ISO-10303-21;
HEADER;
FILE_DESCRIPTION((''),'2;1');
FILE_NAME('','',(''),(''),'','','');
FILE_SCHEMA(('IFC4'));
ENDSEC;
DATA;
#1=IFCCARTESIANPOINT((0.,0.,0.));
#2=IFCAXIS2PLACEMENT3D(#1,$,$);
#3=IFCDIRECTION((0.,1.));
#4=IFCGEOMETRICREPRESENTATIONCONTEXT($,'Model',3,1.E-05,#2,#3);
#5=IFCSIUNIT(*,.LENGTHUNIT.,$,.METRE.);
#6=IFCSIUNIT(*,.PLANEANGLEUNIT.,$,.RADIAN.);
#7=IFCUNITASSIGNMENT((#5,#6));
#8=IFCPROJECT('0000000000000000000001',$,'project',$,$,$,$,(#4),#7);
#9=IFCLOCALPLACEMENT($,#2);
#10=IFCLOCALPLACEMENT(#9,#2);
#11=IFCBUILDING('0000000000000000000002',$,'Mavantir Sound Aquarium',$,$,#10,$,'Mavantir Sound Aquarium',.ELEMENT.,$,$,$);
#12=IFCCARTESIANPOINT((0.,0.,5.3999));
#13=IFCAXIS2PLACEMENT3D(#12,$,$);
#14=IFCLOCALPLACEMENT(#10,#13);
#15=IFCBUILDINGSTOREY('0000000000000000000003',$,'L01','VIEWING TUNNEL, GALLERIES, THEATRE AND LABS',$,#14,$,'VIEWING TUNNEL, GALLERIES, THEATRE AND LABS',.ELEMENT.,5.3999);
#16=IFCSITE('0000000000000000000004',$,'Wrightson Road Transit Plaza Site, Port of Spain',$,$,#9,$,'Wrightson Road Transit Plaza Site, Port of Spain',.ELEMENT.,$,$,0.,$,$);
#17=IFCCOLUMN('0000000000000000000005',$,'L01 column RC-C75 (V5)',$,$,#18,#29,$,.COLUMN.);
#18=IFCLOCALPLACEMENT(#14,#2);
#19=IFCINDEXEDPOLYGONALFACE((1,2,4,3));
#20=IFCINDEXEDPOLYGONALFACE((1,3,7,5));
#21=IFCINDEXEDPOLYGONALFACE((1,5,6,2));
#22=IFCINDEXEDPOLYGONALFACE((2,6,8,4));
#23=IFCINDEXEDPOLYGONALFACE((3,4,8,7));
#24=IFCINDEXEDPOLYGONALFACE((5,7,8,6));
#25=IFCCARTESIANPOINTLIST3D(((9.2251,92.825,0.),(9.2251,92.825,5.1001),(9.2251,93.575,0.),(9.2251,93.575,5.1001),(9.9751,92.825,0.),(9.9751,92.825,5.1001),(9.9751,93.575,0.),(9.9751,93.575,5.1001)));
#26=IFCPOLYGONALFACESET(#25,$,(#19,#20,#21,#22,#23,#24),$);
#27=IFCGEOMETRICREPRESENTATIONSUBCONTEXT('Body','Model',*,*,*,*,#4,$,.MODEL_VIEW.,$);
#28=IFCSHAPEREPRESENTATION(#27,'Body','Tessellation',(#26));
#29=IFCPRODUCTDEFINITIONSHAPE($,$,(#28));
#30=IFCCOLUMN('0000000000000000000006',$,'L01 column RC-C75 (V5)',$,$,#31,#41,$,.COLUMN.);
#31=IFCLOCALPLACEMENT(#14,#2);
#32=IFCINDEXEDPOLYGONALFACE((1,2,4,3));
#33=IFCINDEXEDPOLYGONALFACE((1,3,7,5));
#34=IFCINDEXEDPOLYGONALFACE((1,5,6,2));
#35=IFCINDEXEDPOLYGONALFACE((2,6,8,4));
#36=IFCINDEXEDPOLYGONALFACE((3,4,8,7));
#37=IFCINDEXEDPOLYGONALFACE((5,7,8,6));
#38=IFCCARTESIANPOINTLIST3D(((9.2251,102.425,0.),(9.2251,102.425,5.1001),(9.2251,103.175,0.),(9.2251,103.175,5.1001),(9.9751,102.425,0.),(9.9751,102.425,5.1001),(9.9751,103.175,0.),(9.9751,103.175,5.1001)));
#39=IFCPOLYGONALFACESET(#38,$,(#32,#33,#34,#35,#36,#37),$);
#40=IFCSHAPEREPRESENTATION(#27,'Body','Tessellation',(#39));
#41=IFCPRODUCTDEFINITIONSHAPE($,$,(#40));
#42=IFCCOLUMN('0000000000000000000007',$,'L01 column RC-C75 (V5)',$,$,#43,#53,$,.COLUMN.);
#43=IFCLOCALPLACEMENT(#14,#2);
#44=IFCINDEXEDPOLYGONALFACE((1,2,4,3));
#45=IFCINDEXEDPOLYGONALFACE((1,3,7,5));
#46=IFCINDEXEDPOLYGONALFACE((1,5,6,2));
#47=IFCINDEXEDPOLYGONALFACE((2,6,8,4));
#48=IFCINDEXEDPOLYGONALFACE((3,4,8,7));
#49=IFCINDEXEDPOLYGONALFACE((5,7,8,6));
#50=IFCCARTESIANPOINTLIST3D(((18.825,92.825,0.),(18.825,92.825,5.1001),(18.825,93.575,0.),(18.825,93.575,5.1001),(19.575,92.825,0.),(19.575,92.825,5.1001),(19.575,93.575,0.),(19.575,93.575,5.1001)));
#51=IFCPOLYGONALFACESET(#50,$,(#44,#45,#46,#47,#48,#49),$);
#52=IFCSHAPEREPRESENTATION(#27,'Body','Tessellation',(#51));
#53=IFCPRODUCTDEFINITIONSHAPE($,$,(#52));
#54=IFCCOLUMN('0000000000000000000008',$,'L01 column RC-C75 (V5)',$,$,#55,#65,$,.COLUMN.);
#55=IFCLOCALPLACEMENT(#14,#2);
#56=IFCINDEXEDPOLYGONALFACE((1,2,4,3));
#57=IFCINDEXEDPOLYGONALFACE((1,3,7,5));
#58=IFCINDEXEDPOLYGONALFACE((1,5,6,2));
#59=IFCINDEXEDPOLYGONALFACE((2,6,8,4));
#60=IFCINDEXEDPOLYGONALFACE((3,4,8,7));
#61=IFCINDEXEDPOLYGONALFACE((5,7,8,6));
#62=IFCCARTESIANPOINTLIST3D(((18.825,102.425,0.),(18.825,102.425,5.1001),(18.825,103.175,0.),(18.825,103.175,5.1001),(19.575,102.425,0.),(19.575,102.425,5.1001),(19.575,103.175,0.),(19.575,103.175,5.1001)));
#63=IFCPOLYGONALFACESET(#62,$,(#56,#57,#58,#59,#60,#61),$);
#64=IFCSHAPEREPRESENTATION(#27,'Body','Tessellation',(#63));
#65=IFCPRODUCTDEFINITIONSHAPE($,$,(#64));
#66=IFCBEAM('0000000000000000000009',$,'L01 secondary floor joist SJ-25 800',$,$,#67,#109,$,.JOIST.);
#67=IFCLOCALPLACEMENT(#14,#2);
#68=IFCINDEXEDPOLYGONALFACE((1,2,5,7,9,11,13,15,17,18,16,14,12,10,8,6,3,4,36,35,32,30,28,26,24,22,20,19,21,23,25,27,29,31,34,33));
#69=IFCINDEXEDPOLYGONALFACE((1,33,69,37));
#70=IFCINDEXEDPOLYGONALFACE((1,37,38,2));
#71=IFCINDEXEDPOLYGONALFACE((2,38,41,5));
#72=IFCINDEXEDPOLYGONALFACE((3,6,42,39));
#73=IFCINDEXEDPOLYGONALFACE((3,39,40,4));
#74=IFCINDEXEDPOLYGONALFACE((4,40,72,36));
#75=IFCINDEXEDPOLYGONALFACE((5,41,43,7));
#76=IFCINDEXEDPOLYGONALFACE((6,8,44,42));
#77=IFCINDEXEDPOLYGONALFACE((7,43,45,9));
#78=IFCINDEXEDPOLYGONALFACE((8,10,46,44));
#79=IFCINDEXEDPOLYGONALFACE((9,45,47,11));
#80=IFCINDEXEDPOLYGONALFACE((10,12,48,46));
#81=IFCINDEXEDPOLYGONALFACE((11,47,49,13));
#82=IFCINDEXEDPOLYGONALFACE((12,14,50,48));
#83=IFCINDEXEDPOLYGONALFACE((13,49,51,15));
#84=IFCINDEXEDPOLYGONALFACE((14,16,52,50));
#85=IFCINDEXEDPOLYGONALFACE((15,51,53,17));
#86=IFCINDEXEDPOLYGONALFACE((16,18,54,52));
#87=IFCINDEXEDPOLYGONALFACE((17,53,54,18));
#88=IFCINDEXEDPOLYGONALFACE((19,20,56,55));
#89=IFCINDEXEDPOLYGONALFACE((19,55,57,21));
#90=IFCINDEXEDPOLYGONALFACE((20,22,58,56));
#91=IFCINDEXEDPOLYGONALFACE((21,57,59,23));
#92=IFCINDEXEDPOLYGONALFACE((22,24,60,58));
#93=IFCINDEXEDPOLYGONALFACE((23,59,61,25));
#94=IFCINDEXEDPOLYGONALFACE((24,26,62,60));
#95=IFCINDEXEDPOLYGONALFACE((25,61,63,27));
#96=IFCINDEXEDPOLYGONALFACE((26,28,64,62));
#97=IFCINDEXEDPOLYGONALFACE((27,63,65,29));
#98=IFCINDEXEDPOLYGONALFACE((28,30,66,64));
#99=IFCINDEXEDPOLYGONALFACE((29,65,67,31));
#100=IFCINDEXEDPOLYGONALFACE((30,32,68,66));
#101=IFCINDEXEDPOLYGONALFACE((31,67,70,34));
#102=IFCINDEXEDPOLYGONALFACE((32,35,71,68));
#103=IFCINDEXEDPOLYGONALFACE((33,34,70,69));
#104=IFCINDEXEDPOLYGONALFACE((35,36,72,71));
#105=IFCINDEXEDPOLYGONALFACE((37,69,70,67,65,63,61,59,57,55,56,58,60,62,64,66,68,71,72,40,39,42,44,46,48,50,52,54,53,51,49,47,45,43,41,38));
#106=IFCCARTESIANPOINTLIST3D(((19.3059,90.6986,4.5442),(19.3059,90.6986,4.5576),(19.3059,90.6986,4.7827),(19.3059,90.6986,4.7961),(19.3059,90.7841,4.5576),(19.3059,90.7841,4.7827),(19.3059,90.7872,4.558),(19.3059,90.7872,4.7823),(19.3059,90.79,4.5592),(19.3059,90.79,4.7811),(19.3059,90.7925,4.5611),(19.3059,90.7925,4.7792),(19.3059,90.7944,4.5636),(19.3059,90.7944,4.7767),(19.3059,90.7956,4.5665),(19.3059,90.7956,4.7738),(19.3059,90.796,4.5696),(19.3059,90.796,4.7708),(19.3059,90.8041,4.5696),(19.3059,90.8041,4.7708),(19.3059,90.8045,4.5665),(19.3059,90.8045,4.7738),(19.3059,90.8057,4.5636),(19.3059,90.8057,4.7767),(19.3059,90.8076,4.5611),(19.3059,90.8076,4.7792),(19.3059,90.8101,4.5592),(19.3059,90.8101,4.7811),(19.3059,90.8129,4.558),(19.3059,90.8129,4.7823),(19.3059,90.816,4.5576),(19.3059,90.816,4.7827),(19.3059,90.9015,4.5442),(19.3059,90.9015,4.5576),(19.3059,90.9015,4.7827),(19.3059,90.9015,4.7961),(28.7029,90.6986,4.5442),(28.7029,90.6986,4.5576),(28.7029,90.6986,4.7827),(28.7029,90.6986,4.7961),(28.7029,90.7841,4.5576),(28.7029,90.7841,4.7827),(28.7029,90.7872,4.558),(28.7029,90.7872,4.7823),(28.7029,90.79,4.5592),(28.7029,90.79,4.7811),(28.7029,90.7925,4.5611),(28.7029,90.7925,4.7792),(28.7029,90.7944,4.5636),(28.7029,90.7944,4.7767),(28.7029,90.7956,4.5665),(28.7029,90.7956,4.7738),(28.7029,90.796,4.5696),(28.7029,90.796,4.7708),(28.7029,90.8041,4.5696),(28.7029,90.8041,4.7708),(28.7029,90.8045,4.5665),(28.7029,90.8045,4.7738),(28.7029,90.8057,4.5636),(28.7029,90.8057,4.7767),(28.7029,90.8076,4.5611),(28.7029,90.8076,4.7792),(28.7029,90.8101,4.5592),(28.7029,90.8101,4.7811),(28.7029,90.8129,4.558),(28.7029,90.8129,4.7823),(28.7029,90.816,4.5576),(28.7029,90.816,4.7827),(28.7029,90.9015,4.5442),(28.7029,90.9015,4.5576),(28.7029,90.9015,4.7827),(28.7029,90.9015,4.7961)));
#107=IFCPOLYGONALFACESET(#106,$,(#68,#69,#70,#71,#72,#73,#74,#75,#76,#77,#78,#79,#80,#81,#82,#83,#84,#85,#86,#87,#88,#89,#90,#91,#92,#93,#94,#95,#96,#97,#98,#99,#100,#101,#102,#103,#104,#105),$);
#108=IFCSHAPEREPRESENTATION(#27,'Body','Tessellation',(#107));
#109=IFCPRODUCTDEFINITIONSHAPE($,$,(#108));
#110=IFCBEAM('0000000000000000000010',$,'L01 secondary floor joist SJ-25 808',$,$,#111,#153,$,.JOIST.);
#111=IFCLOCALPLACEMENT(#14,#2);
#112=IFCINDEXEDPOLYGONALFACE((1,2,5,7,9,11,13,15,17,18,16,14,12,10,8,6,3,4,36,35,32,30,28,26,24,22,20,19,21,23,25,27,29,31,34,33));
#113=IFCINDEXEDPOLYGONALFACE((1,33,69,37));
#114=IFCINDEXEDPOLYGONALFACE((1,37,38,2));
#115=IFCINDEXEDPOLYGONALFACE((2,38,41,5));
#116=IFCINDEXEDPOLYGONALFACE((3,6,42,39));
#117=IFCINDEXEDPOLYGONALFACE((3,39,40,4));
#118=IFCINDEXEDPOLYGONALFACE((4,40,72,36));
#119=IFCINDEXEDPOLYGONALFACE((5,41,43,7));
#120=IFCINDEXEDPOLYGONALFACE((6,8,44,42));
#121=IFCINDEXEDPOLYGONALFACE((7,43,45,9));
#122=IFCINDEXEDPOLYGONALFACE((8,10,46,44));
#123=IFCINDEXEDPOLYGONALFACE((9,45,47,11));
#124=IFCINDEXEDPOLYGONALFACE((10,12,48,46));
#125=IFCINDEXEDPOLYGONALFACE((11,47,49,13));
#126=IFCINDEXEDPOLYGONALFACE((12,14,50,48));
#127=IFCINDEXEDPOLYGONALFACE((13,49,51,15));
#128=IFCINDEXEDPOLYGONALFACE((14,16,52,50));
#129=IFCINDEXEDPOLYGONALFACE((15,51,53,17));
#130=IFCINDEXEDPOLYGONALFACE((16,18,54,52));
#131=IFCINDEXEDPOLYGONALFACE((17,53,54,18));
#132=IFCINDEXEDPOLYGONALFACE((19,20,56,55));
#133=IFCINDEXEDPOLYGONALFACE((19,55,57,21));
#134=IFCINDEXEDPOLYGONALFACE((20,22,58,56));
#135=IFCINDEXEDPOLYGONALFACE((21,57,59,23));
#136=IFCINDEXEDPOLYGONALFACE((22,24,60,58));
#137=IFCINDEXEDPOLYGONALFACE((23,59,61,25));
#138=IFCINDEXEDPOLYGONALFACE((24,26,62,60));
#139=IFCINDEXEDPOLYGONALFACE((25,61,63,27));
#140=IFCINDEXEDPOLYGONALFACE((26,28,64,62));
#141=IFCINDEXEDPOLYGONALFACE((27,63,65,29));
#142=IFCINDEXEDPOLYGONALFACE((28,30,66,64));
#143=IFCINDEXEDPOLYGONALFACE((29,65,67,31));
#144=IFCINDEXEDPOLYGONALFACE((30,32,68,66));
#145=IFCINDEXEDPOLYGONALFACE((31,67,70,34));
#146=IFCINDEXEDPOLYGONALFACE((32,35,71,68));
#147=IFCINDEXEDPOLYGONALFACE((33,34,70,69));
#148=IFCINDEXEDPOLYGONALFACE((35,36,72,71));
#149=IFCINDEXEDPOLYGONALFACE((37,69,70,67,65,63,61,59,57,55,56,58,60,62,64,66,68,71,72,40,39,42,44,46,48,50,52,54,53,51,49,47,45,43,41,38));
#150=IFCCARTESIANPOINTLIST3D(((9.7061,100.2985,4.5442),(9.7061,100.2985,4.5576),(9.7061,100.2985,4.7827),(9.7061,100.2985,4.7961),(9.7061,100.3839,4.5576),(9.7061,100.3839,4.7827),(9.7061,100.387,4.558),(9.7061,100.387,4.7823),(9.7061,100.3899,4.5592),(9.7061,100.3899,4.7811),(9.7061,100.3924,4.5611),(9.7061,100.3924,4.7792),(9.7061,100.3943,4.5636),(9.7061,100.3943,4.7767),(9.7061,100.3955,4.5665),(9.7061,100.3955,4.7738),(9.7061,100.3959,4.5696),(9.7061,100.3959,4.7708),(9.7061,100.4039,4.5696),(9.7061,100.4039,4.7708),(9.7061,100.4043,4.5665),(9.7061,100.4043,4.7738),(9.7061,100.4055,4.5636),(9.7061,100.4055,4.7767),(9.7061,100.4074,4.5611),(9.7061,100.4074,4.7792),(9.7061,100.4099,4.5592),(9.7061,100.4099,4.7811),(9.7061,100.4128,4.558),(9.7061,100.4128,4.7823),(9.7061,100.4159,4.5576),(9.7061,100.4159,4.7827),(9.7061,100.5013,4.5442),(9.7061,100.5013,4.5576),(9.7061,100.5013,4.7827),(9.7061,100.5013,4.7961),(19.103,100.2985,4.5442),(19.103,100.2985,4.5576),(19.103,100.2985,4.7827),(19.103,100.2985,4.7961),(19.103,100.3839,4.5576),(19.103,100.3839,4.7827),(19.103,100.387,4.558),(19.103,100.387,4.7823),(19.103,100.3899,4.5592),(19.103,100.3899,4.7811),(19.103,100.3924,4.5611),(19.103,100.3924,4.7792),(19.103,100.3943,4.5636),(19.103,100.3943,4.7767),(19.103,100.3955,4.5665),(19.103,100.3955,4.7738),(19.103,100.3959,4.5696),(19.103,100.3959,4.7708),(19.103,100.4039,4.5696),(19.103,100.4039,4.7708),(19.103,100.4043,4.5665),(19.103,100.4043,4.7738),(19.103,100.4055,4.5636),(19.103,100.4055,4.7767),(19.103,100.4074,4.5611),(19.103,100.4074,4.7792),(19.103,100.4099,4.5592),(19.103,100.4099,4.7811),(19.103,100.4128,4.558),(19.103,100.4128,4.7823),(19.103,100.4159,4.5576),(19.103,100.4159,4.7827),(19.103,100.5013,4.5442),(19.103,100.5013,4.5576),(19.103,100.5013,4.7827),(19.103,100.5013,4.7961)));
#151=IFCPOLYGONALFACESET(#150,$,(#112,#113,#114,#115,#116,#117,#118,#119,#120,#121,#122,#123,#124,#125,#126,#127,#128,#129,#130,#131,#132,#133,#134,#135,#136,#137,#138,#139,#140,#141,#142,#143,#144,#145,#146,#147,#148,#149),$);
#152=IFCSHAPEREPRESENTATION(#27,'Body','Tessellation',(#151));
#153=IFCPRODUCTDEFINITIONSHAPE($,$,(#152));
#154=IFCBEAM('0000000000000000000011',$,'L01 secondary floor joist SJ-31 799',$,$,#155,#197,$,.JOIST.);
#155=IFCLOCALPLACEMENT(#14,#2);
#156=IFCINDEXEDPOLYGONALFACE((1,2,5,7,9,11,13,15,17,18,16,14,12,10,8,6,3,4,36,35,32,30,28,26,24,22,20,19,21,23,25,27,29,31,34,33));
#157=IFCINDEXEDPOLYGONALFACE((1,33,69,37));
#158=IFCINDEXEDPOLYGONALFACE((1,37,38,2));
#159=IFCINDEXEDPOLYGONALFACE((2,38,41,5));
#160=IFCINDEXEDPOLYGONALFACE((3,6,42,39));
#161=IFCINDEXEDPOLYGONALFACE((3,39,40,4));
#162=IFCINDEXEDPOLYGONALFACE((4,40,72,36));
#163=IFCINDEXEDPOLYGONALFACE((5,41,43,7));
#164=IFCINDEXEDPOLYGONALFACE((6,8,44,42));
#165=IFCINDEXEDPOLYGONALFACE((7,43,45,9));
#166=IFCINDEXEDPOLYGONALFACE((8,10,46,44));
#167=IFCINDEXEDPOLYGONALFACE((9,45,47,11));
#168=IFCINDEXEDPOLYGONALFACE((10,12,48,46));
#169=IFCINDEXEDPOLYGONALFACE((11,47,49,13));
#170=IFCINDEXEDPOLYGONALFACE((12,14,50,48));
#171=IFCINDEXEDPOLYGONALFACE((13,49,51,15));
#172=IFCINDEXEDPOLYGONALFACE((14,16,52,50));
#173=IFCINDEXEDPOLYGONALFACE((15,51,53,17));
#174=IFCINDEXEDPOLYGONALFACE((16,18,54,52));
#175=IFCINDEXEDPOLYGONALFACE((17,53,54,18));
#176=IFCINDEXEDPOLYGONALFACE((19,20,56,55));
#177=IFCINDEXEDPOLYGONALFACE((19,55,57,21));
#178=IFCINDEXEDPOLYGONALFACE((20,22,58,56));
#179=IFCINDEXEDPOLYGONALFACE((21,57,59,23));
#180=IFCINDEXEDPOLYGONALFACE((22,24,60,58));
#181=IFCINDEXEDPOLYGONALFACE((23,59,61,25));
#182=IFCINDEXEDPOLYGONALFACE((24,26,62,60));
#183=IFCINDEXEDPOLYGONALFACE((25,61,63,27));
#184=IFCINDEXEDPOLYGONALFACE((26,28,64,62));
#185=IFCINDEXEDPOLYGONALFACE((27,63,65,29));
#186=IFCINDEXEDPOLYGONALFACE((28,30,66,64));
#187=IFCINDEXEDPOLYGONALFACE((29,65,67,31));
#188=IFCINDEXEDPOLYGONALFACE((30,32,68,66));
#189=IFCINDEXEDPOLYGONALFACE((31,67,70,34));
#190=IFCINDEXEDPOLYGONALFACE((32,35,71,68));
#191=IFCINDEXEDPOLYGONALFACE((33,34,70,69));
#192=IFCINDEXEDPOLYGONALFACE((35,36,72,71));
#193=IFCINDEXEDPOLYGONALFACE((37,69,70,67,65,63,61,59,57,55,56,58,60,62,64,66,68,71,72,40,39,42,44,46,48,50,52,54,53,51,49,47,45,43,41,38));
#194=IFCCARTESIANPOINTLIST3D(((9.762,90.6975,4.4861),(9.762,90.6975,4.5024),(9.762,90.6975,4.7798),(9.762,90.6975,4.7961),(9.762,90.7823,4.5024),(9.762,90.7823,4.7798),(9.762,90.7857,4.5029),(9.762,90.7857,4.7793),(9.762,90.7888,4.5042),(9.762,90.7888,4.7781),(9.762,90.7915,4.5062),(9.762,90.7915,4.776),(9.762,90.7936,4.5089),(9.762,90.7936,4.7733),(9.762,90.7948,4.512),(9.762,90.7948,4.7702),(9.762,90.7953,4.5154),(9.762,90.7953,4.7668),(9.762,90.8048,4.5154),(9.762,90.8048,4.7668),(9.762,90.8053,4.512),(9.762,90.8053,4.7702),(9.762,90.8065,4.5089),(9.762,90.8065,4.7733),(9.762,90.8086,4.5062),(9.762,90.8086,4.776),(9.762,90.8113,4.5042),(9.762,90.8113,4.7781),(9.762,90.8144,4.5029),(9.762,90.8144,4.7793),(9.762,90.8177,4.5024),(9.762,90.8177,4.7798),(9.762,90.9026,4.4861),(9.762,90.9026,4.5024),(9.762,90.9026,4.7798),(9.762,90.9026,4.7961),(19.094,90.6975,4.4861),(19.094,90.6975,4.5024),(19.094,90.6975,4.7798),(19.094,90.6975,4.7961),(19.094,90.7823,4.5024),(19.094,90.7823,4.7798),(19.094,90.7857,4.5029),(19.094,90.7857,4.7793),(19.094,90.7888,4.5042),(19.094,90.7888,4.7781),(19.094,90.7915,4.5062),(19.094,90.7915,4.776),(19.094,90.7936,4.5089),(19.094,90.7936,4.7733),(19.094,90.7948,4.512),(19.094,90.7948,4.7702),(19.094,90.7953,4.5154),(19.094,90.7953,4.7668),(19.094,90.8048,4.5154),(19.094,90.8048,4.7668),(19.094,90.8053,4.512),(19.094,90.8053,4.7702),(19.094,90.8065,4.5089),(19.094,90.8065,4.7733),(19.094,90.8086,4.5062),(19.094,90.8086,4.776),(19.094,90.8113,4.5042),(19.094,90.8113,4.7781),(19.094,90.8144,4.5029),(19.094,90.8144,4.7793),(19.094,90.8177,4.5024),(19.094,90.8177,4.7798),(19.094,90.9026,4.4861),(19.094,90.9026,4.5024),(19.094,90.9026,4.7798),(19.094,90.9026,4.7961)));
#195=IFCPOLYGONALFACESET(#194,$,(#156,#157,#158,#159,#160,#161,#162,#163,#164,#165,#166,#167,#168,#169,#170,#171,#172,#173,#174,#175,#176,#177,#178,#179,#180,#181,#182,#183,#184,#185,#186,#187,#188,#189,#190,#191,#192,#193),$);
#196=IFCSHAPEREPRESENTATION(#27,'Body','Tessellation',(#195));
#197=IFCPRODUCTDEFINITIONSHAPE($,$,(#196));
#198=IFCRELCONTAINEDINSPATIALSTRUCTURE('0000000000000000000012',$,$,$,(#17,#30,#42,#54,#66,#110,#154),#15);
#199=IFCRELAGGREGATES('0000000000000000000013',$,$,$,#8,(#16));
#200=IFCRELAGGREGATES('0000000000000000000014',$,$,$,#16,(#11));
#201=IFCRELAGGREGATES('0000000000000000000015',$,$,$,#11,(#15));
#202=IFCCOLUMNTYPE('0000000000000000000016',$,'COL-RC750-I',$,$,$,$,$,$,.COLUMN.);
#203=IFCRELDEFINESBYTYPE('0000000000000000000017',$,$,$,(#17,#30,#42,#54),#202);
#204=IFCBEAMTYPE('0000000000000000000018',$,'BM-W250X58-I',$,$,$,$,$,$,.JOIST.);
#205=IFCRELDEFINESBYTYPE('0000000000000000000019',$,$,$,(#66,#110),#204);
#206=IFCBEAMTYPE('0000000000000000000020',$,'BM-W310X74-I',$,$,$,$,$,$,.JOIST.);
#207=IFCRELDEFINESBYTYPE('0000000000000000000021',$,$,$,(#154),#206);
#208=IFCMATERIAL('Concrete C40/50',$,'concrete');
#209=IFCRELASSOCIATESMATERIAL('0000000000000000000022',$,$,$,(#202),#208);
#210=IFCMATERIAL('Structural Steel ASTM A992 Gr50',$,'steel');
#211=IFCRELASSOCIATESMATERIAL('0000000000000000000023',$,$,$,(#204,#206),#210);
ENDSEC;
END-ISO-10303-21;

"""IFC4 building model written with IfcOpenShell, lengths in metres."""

from ifc_helpers import new_model, si_unit, direction, frame, origin, origin_2d, place, context, subcontext, project, spatial, rectangle, i_section, extrude, material, material_profile, profile_set, type_object, element, save


model = new_model("IFC4")

# Units and contexts
model_context = context("Model", 3, precision=1e-05, world=origin(), true_north=direction((0.0, 1.0)))
body_context = subcontext(model_context, "Body", "Model", "MODEL_VIEW")
ifc_project = project(units=[si_unit("LENGTHUNIT", "METRE"), si_unit("PLANEANGLEUNIT", "RADIAN")], contexts=[model_context])

# Site, building, storey
site_placement = place(None, origin())
site = spatial("IfcSite", under=ifc_project, at=site_placement, Name="Wrightson Road Transit Plaza Site, Port of Spain", LongName="Wrightson Road Transit Plaza Site, Port of Spain", CompositionType="ELEMENT", RefElevation=0.0)
building_placement = place(site_placement, origin())
building = spatial("IfcBuilding", under=site, at=building_placement, Name="Mavantir Sound Aquarium", LongName="Mavantir Sound Aquarium", CompositionType="ELEMENT")
storey_placement = place(building_placement, frame((0.0, 0.0, 5.3999)))
storey = spatial("IfcBuildingStorey", under=building, at=storey_placement, Name="L01", Description="VIEWING TUNNEL, GALLERIES, THEATRE AND LABS", LongName="VIEWING TUNNEL, GALLERIES, THEATRE AND LABS", CompositionType="ELEMENT", Elevation=5.3999)

# Columns
ifc_material_1 = material(Name="Concrete C40/50", Category="concrete")
ifc_material_profile_1 = material_profile(ifc_material_1, rectangle(XDim=0.75, YDim=0.75, at=origin_2d()), Name="RC 750X750")
ifc_profile_set_1 = profile_set([ifc_material_profile_1], Name="Concrete C40/50")
column_type = type_object("IfcColumnType", Name="COL-RC750-I", PredefinedType="COLUMN", material=ifc_profile_set_1)
for number, where, z_axis, x_axis, name in (
    (1, (9.6001, 93.2, 0.0), (0.0, 0.0, 1.0), (1.0, 0.0, 0.0), "L01 column RC-C75 (V5)"),
    (2, (9.6001, 102.8, 0.0), (0.0, 0.0, 1.0), (1.0, 0.0, 0.0), "L01 column RC-C75 (V5)"),
    (3, (19.2, 93.2, 0.0), (0.0, 0.0, 1.0), (1.0, 0.0, 0.0), "L01 column RC-C75 (V5)"),
    (4, (19.2, 102.8, 0.0), (0.0, 0.0, 1.0), (1.0, 0.0, 0.0), "L01 column RC-C75 (V5)"),
):
    element("IfcColumn", number, at=place(storey_placement, frame(where, z_axis=z_axis, x_axis=x_axis)), inside=storey, type_object=column_type, Name=name, PredefinedType="COLUMN", context=body_context, shape_type="SweptSolid", body=[
        extrude(rectangle(XDim=0.75, YDim=0.75, at=origin_2d()), origin(), (0.0, 0.0, 1.0), 5.1001),
    ])

# Beams
ifc_material_2 = material(Name="Structural Steel ASTM A992 Gr50", Category="steel")
ifc_material_profile_2 = material_profile(ifc_material_2, i_section(OverallWidth=0.2029, OverallDepth=0.252, WebThickness=0.0081, FlangeThickness=0.0134, FilletRadius=0.012, at=origin_2d()), Name="W250X58")
ifc_profile_set_2 = profile_set([ifc_material_profile_2], Name="Structural Steel ASTM A992 Gr50")
beam_type_1 = type_object("IfcBeamType", Name="BM-W250X58-I", PredefinedType="JOIST", material=ifc_profile_set_2)
for number, where, z_axis, x_axis, name in (
    (5, (19.3059, 90.8, 4.6702), (1.0, 0.0, 0.0), (0.0, 1.0, 0.0), "L01 secondary floor joist SJ-25 800"),
    (6, (9.7061, 100.3999, 4.6702), (1.0, 0.0, 0.0), (0.0, 1.0, 0.0), "L01 secondary floor joist SJ-25 808"),
):
    element("IfcBeam", number, at=place(storey_placement, frame(where, z_axis=z_axis, x_axis=x_axis)), inside=storey, type_object=beam_type_1, Name=name, PredefinedType="JOIST", context=body_context, shape_type="SweptSolid", body=[
        extrude(i_section(OverallWidth=0.2029, OverallDepth=0.252, WebThickness=0.0081, FlangeThickness=0.0134, FilletRadius=0.012, at=origin_2d()), origin(), (0.0, 0.0, 1.0), 9.397),
    ])
ifc_material_profile_3 = material_profile(ifc_material_2, i_section(OverallWidth=0.2051, OverallDepth=0.3101, WebThickness=0.0095, FlangeThickness=0.0164, FilletRadius=0.0129, at=origin_2d()), Name="W310X74")
ifc_profile_set_3 = profile_set([ifc_material_profile_3], Name="Structural Steel ASTM A992 Gr50")
beam_type_2 = type_object("IfcBeamType", Name="BM-W310X74-I", PredefinedType="JOIST", material=ifc_profile_set_3)
beam_1_placement = place(storey_placement, frame((9.762, 90.8, 4.6411), z_axis=(1.0, 0.0, 0.0), x_axis=(0.0, 1.0, 0.0)))
element("IfcBeam", 7, at=beam_1_placement, inside=storey, type_object=beam_type_2, Name="L01 secondary floor joist SJ-31 799", PredefinedType="JOIST", context=body_context, shape_type="SweptSolid", body=[
    extrude(i_section(OverallWidth=0.2051, OverallDepth=0.3101, WebThickness=0.0095, FlangeThickness=0.0164, FilletRadius=0.0129, at=origin_2d()), origin(), (0.0, 0.0, 1.0), 9.332),
])

save(model, "model.ifc")
